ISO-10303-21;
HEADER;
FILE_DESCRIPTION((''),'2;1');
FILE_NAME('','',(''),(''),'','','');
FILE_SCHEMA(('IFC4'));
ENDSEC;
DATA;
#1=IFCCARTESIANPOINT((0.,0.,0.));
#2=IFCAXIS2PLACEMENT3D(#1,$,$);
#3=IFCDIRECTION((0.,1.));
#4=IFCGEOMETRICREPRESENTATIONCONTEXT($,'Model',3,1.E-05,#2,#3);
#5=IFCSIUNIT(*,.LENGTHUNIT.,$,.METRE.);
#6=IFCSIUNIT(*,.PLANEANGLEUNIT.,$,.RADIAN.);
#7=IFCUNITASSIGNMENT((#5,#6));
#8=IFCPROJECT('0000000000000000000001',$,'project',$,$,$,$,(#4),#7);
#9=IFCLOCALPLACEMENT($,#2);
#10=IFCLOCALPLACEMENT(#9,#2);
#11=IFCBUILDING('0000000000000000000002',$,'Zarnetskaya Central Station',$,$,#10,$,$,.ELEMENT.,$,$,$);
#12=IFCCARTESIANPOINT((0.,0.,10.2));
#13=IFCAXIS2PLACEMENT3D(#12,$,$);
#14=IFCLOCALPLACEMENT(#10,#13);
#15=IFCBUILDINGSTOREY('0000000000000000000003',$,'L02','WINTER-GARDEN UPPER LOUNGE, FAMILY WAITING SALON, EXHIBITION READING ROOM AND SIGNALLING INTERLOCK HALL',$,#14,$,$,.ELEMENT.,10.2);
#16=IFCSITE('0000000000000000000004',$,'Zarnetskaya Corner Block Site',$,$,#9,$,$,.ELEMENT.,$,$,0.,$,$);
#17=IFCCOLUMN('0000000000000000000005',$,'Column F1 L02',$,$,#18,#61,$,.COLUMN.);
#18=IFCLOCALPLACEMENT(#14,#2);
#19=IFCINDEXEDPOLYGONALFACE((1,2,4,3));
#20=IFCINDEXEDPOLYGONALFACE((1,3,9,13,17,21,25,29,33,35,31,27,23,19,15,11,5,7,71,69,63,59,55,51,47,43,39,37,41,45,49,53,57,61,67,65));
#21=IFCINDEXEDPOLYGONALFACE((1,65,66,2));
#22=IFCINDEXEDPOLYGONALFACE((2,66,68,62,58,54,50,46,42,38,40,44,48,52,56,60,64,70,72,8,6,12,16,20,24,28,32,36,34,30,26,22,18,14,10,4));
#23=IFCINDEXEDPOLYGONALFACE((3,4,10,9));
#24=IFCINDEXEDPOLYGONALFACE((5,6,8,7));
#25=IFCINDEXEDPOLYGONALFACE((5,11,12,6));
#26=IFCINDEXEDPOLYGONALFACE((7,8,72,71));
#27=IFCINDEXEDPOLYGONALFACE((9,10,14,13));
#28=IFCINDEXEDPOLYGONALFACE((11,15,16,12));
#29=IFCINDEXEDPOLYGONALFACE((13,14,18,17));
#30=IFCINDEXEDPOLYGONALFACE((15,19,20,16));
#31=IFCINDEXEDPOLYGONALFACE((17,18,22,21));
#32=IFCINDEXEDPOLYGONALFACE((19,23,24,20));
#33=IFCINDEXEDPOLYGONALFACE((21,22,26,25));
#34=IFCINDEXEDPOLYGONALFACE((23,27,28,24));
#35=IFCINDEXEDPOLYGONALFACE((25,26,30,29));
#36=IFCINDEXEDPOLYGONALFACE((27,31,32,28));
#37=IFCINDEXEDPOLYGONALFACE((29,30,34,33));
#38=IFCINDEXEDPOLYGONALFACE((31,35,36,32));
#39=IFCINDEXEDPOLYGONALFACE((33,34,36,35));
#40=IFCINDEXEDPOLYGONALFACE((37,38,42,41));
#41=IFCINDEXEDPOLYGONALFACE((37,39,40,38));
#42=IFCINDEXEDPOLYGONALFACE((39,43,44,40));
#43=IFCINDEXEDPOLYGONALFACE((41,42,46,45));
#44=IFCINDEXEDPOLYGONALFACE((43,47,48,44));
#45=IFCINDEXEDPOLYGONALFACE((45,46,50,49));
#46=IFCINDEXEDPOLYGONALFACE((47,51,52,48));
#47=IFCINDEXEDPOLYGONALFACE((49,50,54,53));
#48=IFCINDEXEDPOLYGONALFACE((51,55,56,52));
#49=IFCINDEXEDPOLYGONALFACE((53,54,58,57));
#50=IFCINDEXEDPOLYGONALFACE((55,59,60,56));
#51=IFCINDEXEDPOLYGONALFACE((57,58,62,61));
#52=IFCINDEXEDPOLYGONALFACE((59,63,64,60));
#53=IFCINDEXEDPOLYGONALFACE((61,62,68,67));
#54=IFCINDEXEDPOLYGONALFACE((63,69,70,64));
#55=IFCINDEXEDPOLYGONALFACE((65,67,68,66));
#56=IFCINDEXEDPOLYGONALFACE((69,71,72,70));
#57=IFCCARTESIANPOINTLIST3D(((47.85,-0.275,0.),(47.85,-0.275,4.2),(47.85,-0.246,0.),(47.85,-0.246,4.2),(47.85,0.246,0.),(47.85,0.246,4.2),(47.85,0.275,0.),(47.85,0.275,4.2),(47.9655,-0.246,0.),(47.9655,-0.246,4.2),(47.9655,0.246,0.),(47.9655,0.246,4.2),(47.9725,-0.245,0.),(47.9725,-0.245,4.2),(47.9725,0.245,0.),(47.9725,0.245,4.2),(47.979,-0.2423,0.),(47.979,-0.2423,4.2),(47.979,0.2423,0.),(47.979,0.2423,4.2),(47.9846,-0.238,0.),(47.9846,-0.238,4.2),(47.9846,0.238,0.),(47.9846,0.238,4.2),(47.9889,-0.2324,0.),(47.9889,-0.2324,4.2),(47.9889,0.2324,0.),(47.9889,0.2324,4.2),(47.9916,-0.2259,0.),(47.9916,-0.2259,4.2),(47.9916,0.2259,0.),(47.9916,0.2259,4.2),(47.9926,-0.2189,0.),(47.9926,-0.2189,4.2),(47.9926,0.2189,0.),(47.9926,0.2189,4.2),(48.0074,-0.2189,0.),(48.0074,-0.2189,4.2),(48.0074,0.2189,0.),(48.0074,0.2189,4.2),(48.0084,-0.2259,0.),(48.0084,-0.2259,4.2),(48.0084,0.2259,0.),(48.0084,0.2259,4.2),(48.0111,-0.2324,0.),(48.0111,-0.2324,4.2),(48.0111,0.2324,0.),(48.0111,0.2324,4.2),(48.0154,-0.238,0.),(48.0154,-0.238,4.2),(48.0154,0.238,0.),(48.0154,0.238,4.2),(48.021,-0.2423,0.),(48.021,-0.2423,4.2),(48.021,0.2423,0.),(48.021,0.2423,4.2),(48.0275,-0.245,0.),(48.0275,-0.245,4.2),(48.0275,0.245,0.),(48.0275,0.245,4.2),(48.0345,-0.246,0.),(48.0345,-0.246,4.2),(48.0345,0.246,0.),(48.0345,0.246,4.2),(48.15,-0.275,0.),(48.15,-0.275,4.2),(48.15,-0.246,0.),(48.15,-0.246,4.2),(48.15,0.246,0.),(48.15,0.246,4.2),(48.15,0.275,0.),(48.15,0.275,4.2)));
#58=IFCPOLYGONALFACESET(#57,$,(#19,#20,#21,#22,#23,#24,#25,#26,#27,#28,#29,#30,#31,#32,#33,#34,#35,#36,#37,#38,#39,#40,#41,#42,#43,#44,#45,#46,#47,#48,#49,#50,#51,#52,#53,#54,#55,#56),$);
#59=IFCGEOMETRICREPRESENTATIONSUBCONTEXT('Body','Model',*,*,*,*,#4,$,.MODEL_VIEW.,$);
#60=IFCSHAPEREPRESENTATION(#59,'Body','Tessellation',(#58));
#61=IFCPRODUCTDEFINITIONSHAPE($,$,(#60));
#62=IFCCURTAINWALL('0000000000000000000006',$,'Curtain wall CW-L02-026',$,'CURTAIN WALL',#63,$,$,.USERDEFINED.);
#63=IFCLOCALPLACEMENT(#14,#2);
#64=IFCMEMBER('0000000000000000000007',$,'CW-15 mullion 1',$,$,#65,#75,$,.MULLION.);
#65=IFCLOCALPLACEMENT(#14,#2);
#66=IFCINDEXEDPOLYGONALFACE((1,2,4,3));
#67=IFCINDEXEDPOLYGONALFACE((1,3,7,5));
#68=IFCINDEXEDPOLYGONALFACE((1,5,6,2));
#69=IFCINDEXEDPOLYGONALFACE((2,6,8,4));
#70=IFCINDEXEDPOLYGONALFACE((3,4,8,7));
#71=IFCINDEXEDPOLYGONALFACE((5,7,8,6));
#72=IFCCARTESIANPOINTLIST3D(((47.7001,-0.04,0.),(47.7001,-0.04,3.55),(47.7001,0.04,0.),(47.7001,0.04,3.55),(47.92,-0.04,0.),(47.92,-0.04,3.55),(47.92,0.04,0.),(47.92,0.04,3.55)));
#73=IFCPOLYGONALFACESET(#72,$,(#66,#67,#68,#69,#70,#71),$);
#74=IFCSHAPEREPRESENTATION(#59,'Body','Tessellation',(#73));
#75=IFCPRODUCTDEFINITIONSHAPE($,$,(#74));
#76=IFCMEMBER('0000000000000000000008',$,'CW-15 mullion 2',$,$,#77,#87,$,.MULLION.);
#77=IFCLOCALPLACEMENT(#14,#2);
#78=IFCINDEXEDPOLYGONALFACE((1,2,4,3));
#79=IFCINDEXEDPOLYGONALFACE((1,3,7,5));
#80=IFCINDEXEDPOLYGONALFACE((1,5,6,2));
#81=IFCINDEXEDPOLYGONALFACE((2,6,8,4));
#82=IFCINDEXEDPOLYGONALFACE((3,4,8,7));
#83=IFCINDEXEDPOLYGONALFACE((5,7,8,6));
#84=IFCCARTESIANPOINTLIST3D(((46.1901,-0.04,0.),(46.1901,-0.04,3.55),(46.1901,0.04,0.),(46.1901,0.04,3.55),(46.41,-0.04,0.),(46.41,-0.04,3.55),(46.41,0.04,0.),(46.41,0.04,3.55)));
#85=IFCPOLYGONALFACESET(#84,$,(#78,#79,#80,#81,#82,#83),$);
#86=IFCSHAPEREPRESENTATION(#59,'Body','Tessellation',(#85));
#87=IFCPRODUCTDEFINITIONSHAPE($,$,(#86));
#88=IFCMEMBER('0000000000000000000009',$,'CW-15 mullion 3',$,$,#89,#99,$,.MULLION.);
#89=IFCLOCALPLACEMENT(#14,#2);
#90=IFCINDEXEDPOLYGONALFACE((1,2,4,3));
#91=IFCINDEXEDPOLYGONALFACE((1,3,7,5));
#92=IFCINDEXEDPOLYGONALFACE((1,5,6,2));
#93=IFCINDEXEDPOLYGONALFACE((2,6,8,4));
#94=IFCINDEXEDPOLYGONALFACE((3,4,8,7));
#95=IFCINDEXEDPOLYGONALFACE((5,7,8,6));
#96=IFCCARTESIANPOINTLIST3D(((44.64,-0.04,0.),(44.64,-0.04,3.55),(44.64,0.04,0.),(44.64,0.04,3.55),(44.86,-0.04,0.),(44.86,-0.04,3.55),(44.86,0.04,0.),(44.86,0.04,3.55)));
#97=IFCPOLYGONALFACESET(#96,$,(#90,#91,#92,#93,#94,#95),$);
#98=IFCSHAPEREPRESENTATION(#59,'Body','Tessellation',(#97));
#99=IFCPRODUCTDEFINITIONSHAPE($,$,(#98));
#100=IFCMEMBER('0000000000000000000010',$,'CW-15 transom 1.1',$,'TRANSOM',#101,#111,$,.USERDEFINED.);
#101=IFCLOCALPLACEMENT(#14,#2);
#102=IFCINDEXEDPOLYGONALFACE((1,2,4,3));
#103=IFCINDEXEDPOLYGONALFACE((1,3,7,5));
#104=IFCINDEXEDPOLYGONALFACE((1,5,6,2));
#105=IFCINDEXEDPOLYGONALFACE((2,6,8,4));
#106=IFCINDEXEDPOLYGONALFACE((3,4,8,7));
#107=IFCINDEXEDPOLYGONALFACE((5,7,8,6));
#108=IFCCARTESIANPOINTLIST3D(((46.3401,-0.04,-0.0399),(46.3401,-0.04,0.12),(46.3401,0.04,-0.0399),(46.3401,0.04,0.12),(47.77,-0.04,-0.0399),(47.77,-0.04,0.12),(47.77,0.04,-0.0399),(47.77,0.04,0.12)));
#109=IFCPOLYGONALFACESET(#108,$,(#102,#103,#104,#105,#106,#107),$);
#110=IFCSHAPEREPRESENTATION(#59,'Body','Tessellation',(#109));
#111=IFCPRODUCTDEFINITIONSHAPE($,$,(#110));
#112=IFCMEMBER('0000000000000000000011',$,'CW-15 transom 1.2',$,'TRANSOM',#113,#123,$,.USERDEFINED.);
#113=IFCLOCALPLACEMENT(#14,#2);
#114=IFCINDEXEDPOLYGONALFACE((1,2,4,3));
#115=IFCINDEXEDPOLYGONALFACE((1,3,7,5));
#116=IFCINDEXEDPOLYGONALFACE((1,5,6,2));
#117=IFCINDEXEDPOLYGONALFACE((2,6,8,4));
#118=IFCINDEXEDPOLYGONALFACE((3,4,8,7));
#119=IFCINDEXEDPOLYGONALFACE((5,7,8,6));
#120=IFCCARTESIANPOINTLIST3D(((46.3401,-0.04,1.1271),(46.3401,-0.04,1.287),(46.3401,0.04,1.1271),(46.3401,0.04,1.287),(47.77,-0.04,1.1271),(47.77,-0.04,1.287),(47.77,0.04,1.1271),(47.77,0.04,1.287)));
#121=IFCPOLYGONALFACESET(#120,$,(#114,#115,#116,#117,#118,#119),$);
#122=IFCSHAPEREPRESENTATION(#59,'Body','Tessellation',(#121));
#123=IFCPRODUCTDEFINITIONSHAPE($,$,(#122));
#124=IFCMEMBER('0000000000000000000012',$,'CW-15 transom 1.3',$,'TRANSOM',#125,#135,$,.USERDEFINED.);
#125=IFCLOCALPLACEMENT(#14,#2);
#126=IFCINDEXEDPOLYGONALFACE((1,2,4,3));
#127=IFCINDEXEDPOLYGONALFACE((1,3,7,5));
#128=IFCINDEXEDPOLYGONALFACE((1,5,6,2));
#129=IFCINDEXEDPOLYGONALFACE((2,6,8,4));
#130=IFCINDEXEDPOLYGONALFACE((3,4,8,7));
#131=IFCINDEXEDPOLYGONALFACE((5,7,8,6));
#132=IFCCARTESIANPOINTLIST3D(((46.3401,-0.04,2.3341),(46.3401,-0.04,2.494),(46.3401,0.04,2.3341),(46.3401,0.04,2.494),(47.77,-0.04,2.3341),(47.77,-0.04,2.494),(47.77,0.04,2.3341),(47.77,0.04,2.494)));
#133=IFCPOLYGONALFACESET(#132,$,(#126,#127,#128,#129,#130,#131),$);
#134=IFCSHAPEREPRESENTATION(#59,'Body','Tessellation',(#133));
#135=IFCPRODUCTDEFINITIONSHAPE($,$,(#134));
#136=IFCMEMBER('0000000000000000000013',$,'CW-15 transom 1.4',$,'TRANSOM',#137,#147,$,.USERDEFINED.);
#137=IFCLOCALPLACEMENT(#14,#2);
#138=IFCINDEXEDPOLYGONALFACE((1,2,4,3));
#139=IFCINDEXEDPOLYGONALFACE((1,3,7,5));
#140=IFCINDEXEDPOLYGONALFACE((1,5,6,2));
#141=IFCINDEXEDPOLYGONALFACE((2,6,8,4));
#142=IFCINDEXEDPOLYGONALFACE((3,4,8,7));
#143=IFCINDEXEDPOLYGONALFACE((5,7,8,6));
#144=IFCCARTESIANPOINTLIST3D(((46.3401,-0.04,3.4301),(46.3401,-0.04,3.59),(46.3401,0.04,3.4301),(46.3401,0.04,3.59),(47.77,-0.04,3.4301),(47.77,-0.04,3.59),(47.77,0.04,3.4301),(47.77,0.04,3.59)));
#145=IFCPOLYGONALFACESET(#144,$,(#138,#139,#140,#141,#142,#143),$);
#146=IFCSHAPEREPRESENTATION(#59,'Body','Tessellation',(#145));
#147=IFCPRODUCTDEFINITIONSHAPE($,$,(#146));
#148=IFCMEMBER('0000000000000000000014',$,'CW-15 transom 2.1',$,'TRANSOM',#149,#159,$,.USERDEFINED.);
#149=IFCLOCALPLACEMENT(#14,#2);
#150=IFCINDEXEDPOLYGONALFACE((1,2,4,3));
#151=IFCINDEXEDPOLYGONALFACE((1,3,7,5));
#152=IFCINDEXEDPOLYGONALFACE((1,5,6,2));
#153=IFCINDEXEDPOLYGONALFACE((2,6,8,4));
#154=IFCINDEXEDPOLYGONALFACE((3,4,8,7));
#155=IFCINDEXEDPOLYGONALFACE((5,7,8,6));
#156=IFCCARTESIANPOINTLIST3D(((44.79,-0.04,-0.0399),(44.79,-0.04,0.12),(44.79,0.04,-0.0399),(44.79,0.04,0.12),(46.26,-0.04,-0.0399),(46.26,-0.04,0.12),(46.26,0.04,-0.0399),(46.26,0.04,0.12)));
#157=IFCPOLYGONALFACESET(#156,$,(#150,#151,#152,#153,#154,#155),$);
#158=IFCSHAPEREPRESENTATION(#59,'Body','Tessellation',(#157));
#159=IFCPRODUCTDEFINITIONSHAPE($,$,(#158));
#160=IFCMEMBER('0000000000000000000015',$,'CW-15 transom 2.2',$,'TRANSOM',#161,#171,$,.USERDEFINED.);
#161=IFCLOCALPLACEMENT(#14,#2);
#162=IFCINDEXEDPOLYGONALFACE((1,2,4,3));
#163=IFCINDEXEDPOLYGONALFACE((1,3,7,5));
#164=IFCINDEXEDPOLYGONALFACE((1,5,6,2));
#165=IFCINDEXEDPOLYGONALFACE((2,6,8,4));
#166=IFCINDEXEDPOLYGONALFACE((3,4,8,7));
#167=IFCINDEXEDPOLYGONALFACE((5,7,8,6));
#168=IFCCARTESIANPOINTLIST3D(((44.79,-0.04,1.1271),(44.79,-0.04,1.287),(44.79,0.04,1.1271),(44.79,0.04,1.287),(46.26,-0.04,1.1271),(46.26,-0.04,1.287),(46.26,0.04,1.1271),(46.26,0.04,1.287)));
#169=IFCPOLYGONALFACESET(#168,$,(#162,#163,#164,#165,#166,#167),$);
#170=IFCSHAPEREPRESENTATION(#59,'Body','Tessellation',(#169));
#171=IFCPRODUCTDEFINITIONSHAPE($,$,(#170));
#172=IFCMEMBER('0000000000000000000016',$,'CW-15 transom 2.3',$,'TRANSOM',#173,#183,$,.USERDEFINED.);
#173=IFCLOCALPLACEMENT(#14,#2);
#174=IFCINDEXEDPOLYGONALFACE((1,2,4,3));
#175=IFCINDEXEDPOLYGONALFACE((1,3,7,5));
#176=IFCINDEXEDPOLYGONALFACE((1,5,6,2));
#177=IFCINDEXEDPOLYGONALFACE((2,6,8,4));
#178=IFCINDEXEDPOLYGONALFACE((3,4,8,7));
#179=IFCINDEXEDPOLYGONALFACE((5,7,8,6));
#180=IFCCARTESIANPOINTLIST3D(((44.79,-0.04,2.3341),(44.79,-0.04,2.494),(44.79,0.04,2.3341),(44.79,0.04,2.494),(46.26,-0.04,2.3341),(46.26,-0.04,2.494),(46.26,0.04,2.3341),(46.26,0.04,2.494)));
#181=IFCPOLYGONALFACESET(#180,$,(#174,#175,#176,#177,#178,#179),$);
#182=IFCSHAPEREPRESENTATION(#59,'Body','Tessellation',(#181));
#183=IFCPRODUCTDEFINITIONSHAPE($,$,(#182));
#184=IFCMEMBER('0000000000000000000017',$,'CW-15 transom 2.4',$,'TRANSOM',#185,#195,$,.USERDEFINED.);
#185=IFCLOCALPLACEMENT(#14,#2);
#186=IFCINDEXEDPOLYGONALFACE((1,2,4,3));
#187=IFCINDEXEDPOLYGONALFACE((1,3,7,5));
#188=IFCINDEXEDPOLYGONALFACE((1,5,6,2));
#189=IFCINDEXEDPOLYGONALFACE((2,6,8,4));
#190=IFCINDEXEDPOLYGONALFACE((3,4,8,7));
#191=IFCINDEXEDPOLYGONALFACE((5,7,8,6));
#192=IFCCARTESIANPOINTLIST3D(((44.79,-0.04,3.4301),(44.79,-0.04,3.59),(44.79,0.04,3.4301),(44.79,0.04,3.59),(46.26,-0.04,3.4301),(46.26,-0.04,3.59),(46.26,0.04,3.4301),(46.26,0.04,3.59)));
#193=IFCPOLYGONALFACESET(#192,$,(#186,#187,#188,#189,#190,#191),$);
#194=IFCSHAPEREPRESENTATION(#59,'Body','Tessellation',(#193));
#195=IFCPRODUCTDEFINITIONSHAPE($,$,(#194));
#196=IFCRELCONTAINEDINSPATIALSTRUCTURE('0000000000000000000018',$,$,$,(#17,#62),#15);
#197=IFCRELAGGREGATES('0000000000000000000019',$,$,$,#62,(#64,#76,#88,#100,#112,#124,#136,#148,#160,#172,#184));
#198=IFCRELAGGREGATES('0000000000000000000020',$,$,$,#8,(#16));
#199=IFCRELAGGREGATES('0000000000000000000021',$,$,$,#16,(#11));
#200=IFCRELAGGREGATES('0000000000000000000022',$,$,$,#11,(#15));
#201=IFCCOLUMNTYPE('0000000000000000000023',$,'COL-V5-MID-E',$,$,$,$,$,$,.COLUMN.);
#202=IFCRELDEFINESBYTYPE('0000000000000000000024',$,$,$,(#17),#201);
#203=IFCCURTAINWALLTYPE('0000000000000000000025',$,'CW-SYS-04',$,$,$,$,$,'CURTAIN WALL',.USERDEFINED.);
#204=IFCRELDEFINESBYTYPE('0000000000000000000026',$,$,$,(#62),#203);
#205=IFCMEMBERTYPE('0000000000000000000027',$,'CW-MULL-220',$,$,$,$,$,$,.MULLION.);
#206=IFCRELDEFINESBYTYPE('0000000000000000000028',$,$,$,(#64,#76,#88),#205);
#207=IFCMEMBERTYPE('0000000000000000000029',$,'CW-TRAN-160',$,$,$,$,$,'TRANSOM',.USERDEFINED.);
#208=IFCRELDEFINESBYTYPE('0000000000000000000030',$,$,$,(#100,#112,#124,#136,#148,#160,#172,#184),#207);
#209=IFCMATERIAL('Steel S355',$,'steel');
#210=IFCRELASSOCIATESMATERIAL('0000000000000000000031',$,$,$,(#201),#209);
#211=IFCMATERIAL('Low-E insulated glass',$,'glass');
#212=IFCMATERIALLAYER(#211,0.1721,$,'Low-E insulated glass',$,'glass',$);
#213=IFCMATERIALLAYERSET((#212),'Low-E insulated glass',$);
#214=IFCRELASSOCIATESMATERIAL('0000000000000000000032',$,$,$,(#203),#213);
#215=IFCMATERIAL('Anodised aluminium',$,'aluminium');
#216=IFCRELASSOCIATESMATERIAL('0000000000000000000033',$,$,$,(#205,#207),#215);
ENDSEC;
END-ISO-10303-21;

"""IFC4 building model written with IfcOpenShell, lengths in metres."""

from ifc_helpers import new_model, si_unit, direction, frame, origin, origin_2d, place, context, subcontext, project, spatial, rectangle, i_section, extrude, material, layer, layer_set, material_profile, profile_set, type_object, element, aggregate, save


model = new_model("IFC4")

# Units and contexts
model_context = context("Model", 3, precision=1e-05, world=origin(), true_north=direction((0.0, 1.0)))
body_context = subcontext(model_context, "Body", "Model", "MODEL_VIEW")
ifc_project = project(units=[si_unit("LENGTHUNIT", "METRE"), si_unit("PLANEANGLEUNIT", "RADIAN")], contexts=[model_context])

# Site, building, storey
site_placement = place(None, origin())
site = spatial("IfcSite", under=ifc_project, at=site_placement, Name="Zarnetskaya Corner Block Site", CompositionType="ELEMENT", RefElevation=0.0)
building_placement = place(site_placement, origin())
building = spatial("IfcBuilding", under=site, at=building_placement, Name="Zarnetskaya Central Station", CompositionType="ELEMENT")
storey_placement = place(building_placement, frame((0.0, 0.0, 10.2)))
storey = spatial("IfcBuildingStorey", under=building, at=storey_placement, Name="L02", Description="WINTER-GARDEN UPPER LOUNGE, FAMILY WAITING SALON, EXHIBITION READING ROOM AND SIGNALLING INTERLOCK HALL", CompositionType="ELEMENT", Elevation=10.2)

# Column
ifc_material_1 = material(Name="Steel S355", Category="steel")
ifc_material_profile_1 = material_profile(ifc_material_1, i_section(OverallWidth=0.3, OverallDepth=0.55, WebThickness=0.0149, FlangeThickness=0.0291, FilletRadius=0.0271, at=origin_2d()), Name="HEB 550")
ifc_profile_set_1 = profile_set([ifc_material_profile_1], Name="Steel S355")
column_type = type_object("IfcColumnType", Name="COL-V5-MID-E", PredefinedType="COLUMN", material=ifc_profile_set_1)
column_placement = place(storey_placement, frame((48.0, 0.0, 0.0), z_axis=(0.0, 0.0, 1.0), x_axis=(1.0, 0.0, 0.0)))
element("IfcColumn", 1, at=column_placement, inside=storey, type_object=column_type, Name="Column F1 L02", PredefinedType="COLUMN", context=body_context, shape_type="SweptSolid", body=[
    extrude(i_section(OverallWidth=0.3, OverallDepth=0.55, WebThickness=0.0149, FlangeThickness=0.0291, FilletRadius=0.0271, at=origin_2d()), origin(), (0.0, 0.0, 1.0), 4.2),
])

# Curtain wall, members
ifc_material_2 = material(Name="Low-E insulated glass", Category="glass")
ifc_layer_1 = layer(ifc_material_2, 0.1721, Name="Low-E insulated glass", Category="glass")
ifc_layer_set_1 = layer_set([ifc_layer_1], Name="Low-E insulated glass")
curtain_wall_type = type_object("IfcCurtainWallType", Name="CW-SYS-04", ElementType="CURTAIN WALL", PredefinedType="USERDEFINED", material=ifc_layer_set_1)
curtain_wall_placement = place(storey_placement, origin())
curtain_wall = element("IfcCurtainWall", 2, at=curtain_wall_placement, inside=storey, type_object=curtain_wall_type, Name="Curtain wall CW-L02-026", ObjectType="CURTAIN WALL", PredefinedType="USERDEFINED")
ifc_material_3 = material(Name="Anodised aluminium", Category="aluminium")
ifc_material_profile_2 = material_profile(ifc_material_3, rectangle(XDim=0.0801, YDim=0.22, at=origin_2d()), Name="ALU MULL 80x220")
ifc_profile_set_2 = profile_set([ifc_material_profile_2], Name="Anodised aluminium")
member_type_1 = type_object("IfcMemberType", Name="CW-MULL-220", PredefinedType="MULLION", material=ifc_profile_set_2)
member_1_placement = place(storey_placement, frame((47.8101, 0.0, 0.0), z_axis=(0.0, 0.0, 1.0), x_axis=(0.0, -1.0, 0.0)))
member_1 = element("IfcMember", 3, at=member_1_placement, type_object=member_type_1, Name="CW-15 mullion 1", PredefinedType="MULLION", context=body_context, shape_type="SweptSolid", body=[
    extrude(rectangle(XDim=0.0801, YDim=0.22, at=origin_2d()), origin(), (0.0, 0.0, 1.0), 3.55),
])
member_2_placement = place(storey_placement, frame((46.3, 0.0, 0.0), z_axis=(0.0, 0.0, 1.0), x_axis=(0.0, -1.0, 0.0)))
member_2 = element("IfcMember", 4, at=member_2_placement, type_object=member_type_1, Name="CW-15 mullion 2", PredefinedType="MULLION", context=body_context, shape_type="SweptSolid", body=[
    extrude(rectangle(XDim=0.0801, YDim=0.22, at=origin_2d()), origin(), (0.0, 0.0, 1.0), 3.55),
])
member_3_placement = place(storey_placement, frame((44.75, 0.0, 0.0), z_axis=(0.0, 0.0, 1.0), x_axis=(0.0, -1.0, 0.0)))
member_3 = element("IfcMember", 5, at=member_3_placement, type_object=member_type_1, Name="CW-15 mullion 3", PredefinedType="MULLION", context=body_context, shape_type="SweptSolid", body=[
    extrude(rectangle(XDim=0.0801, YDim=0.22, at=origin_2d()), origin(), (0.0, 0.0, 1.0), 3.55),
])
ifc_material_profile_3 = material_profile(ifc_material_3, rectangle(XDim=0.0801, YDim=0.1599, at=origin_2d()), Name="ALU TRAN 80x160")
ifc_profile_set_3 = profile_set([ifc_material_profile_3], Name="Anodised aluminium")
member_type_2 = type_object("IfcMemberType", Name="CW-TRAN-160", ElementType="TRANSOM", PredefinedType="USERDEFINED", material=ifc_profile_set_3)
member_4_placement = place(storey_placement, frame((47.77, 0.0, 0.04), z_axis=(-1.0, 0.0, 0.0), x_axis=(0.0, -1.0, 0.0)))
member_4 = element("IfcMember", 6, at=member_4_placement, type_object=member_type_2, Name="CW-15 transom 1.1", ObjectType="TRANSOM", PredefinedType="USERDEFINED", context=body_context, shape_type="SweptSolid", body=[
    extrude(rectangle(XDim=0.0801, YDim=0.1599, at=origin_2d()), origin(), (0.0, 0.0, 1.0), 1.4299),
])
member_5_placement = place(storey_placement, frame((47.77, 0.0, 1.207), z_axis=(-1.0, 0.0, 0.0), x_axis=(0.0, -1.0, 0.0)))
member_5 = element("IfcMember", 7, at=member_5_placement, type_object=member_type_2, Name="CW-15 transom 1.2", ObjectType="TRANSOM", PredefinedType="USERDEFINED", context=body_context, shape_type="SweptSolid", body=[
    extrude(rectangle(XDim=0.0801, YDim=0.1599, at=origin_2d()), origin(), (0.0, 0.0, 1.0), 1.4299),
])
member_6_placement = place(storey_placement, frame((47.77, 0.0, 2.4141), z_axis=(-1.0, 0.0, 0.0), x_axis=(0.0, -1.0, 0.0)))
member_6 = element("IfcMember", 8, at=member_6_placement, type_object=member_type_2, Name="CW-15 transom 1.3", ObjectType="TRANSOM", PredefinedType="USERDEFINED", context=body_context, shape_type="SweptSolid", body=[
    extrude(rectangle(XDim=0.0801, YDim=0.1599, at=origin_2d()), origin(), (0.0, 0.0, 1.0), 1.4299),
])
member_7_placement = place(storey_placement, frame((47.77, 0.0, 3.51), z_axis=(-1.0, 0.0, 0.0), x_axis=(0.0, -1.0, 0.0)))
member_7 = element("IfcMember", 9, at=member_7_placement, type_object=member_type_2, Name="CW-15 transom 1.4", ObjectType="TRANSOM", PredefinedType="USERDEFINED", context=body_context, shape_type="SweptSolid", body=[
    extrude(rectangle(XDim=0.0801, YDim=0.1599, at=origin_2d()), origin(), (0.0, 0.0, 1.0), 1.4299),
])
member_8_placement = place(storey_placement, frame((46.26, 0.0, 0.04), z_axis=(-1.0, 0.0, 0.0), x_axis=(0.0, -1.0, 0.0)))
member_8 = element("IfcMember", 10, at=member_8_placement, type_object=member_type_2, Name="CW-15 transom 2.1", ObjectType="TRANSOM", PredefinedType="USERDEFINED", context=body_context, shape_type="SweptSolid", body=[
    extrude(rectangle(XDim=0.0801, YDim=0.1599, at=origin_2d()), origin(), (0.0, 0.0, 1.0), 1.47),
])
member_9_placement = place(storey_placement, frame((46.26, 0.0, 1.207), z_axis=(-1.0, 0.0, 0.0), x_axis=(0.0, -1.0, 0.0)))
member_9 = element("IfcMember", 11, at=member_9_placement, type_object=member_type_2, Name="CW-15 transom 2.2", ObjectType="TRANSOM", PredefinedType="USERDEFINED", context=body_context, shape_type="SweptSolid", body=[
    extrude(rectangle(XDim=0.0801, YDim=0.1599, at=origin_2d()), origin(), (0.0, 0.0, 1.0), 1.47),
])
member_10_placement = place(storey_placement, frame((46.26, 0.0, 2.4141), z_axis=(-1.0, 0.0, 0.0), x_axis=(0.0, -1.0, 0.0)))
member_10 = element("IfcMember", 12, at=member_10_placement, type_object=member_type_2, Name="CW-15 transom 2.3", ObjectType="TRANSOM", PredefinedType="USERDEFINED", context=body_context, shape_type="SweptSolid", body=[
    extrude(rectangle(XDim=0.0801, YDim=0.1599, at=origin_2d()), origin(), (0.0, 0.0, 1.0), 1.47),
])
member_11_placement = place(storey_placement, frame((46.26, 0.0, 3.51), z_axis=(-1.0, 0.0, 0.0), x_axis=(0.0, -1.0, 0.0)))
member_11 = element("IfcMember", 13, at=member_11_placement, type_object=member_type_2, Name="CW-15 transom 2.4", ObjectType="TRANSOM", PredefinedType="USERDEFINED", context=body_context, shape_type="SweptSolid", body=[
    extrude(rectangle(XDim=0.0801, YDim=0.1599, at=origin_2d()), origin(), (0.0, 0.0, 1.0), 1.47),
])
aggregate(curtain_wall, [member_1, member_2, member_3, member_4, member_5, member_6, member_7, member_8, member_9, member_10, member_11])

save(model, "model.ifc")
